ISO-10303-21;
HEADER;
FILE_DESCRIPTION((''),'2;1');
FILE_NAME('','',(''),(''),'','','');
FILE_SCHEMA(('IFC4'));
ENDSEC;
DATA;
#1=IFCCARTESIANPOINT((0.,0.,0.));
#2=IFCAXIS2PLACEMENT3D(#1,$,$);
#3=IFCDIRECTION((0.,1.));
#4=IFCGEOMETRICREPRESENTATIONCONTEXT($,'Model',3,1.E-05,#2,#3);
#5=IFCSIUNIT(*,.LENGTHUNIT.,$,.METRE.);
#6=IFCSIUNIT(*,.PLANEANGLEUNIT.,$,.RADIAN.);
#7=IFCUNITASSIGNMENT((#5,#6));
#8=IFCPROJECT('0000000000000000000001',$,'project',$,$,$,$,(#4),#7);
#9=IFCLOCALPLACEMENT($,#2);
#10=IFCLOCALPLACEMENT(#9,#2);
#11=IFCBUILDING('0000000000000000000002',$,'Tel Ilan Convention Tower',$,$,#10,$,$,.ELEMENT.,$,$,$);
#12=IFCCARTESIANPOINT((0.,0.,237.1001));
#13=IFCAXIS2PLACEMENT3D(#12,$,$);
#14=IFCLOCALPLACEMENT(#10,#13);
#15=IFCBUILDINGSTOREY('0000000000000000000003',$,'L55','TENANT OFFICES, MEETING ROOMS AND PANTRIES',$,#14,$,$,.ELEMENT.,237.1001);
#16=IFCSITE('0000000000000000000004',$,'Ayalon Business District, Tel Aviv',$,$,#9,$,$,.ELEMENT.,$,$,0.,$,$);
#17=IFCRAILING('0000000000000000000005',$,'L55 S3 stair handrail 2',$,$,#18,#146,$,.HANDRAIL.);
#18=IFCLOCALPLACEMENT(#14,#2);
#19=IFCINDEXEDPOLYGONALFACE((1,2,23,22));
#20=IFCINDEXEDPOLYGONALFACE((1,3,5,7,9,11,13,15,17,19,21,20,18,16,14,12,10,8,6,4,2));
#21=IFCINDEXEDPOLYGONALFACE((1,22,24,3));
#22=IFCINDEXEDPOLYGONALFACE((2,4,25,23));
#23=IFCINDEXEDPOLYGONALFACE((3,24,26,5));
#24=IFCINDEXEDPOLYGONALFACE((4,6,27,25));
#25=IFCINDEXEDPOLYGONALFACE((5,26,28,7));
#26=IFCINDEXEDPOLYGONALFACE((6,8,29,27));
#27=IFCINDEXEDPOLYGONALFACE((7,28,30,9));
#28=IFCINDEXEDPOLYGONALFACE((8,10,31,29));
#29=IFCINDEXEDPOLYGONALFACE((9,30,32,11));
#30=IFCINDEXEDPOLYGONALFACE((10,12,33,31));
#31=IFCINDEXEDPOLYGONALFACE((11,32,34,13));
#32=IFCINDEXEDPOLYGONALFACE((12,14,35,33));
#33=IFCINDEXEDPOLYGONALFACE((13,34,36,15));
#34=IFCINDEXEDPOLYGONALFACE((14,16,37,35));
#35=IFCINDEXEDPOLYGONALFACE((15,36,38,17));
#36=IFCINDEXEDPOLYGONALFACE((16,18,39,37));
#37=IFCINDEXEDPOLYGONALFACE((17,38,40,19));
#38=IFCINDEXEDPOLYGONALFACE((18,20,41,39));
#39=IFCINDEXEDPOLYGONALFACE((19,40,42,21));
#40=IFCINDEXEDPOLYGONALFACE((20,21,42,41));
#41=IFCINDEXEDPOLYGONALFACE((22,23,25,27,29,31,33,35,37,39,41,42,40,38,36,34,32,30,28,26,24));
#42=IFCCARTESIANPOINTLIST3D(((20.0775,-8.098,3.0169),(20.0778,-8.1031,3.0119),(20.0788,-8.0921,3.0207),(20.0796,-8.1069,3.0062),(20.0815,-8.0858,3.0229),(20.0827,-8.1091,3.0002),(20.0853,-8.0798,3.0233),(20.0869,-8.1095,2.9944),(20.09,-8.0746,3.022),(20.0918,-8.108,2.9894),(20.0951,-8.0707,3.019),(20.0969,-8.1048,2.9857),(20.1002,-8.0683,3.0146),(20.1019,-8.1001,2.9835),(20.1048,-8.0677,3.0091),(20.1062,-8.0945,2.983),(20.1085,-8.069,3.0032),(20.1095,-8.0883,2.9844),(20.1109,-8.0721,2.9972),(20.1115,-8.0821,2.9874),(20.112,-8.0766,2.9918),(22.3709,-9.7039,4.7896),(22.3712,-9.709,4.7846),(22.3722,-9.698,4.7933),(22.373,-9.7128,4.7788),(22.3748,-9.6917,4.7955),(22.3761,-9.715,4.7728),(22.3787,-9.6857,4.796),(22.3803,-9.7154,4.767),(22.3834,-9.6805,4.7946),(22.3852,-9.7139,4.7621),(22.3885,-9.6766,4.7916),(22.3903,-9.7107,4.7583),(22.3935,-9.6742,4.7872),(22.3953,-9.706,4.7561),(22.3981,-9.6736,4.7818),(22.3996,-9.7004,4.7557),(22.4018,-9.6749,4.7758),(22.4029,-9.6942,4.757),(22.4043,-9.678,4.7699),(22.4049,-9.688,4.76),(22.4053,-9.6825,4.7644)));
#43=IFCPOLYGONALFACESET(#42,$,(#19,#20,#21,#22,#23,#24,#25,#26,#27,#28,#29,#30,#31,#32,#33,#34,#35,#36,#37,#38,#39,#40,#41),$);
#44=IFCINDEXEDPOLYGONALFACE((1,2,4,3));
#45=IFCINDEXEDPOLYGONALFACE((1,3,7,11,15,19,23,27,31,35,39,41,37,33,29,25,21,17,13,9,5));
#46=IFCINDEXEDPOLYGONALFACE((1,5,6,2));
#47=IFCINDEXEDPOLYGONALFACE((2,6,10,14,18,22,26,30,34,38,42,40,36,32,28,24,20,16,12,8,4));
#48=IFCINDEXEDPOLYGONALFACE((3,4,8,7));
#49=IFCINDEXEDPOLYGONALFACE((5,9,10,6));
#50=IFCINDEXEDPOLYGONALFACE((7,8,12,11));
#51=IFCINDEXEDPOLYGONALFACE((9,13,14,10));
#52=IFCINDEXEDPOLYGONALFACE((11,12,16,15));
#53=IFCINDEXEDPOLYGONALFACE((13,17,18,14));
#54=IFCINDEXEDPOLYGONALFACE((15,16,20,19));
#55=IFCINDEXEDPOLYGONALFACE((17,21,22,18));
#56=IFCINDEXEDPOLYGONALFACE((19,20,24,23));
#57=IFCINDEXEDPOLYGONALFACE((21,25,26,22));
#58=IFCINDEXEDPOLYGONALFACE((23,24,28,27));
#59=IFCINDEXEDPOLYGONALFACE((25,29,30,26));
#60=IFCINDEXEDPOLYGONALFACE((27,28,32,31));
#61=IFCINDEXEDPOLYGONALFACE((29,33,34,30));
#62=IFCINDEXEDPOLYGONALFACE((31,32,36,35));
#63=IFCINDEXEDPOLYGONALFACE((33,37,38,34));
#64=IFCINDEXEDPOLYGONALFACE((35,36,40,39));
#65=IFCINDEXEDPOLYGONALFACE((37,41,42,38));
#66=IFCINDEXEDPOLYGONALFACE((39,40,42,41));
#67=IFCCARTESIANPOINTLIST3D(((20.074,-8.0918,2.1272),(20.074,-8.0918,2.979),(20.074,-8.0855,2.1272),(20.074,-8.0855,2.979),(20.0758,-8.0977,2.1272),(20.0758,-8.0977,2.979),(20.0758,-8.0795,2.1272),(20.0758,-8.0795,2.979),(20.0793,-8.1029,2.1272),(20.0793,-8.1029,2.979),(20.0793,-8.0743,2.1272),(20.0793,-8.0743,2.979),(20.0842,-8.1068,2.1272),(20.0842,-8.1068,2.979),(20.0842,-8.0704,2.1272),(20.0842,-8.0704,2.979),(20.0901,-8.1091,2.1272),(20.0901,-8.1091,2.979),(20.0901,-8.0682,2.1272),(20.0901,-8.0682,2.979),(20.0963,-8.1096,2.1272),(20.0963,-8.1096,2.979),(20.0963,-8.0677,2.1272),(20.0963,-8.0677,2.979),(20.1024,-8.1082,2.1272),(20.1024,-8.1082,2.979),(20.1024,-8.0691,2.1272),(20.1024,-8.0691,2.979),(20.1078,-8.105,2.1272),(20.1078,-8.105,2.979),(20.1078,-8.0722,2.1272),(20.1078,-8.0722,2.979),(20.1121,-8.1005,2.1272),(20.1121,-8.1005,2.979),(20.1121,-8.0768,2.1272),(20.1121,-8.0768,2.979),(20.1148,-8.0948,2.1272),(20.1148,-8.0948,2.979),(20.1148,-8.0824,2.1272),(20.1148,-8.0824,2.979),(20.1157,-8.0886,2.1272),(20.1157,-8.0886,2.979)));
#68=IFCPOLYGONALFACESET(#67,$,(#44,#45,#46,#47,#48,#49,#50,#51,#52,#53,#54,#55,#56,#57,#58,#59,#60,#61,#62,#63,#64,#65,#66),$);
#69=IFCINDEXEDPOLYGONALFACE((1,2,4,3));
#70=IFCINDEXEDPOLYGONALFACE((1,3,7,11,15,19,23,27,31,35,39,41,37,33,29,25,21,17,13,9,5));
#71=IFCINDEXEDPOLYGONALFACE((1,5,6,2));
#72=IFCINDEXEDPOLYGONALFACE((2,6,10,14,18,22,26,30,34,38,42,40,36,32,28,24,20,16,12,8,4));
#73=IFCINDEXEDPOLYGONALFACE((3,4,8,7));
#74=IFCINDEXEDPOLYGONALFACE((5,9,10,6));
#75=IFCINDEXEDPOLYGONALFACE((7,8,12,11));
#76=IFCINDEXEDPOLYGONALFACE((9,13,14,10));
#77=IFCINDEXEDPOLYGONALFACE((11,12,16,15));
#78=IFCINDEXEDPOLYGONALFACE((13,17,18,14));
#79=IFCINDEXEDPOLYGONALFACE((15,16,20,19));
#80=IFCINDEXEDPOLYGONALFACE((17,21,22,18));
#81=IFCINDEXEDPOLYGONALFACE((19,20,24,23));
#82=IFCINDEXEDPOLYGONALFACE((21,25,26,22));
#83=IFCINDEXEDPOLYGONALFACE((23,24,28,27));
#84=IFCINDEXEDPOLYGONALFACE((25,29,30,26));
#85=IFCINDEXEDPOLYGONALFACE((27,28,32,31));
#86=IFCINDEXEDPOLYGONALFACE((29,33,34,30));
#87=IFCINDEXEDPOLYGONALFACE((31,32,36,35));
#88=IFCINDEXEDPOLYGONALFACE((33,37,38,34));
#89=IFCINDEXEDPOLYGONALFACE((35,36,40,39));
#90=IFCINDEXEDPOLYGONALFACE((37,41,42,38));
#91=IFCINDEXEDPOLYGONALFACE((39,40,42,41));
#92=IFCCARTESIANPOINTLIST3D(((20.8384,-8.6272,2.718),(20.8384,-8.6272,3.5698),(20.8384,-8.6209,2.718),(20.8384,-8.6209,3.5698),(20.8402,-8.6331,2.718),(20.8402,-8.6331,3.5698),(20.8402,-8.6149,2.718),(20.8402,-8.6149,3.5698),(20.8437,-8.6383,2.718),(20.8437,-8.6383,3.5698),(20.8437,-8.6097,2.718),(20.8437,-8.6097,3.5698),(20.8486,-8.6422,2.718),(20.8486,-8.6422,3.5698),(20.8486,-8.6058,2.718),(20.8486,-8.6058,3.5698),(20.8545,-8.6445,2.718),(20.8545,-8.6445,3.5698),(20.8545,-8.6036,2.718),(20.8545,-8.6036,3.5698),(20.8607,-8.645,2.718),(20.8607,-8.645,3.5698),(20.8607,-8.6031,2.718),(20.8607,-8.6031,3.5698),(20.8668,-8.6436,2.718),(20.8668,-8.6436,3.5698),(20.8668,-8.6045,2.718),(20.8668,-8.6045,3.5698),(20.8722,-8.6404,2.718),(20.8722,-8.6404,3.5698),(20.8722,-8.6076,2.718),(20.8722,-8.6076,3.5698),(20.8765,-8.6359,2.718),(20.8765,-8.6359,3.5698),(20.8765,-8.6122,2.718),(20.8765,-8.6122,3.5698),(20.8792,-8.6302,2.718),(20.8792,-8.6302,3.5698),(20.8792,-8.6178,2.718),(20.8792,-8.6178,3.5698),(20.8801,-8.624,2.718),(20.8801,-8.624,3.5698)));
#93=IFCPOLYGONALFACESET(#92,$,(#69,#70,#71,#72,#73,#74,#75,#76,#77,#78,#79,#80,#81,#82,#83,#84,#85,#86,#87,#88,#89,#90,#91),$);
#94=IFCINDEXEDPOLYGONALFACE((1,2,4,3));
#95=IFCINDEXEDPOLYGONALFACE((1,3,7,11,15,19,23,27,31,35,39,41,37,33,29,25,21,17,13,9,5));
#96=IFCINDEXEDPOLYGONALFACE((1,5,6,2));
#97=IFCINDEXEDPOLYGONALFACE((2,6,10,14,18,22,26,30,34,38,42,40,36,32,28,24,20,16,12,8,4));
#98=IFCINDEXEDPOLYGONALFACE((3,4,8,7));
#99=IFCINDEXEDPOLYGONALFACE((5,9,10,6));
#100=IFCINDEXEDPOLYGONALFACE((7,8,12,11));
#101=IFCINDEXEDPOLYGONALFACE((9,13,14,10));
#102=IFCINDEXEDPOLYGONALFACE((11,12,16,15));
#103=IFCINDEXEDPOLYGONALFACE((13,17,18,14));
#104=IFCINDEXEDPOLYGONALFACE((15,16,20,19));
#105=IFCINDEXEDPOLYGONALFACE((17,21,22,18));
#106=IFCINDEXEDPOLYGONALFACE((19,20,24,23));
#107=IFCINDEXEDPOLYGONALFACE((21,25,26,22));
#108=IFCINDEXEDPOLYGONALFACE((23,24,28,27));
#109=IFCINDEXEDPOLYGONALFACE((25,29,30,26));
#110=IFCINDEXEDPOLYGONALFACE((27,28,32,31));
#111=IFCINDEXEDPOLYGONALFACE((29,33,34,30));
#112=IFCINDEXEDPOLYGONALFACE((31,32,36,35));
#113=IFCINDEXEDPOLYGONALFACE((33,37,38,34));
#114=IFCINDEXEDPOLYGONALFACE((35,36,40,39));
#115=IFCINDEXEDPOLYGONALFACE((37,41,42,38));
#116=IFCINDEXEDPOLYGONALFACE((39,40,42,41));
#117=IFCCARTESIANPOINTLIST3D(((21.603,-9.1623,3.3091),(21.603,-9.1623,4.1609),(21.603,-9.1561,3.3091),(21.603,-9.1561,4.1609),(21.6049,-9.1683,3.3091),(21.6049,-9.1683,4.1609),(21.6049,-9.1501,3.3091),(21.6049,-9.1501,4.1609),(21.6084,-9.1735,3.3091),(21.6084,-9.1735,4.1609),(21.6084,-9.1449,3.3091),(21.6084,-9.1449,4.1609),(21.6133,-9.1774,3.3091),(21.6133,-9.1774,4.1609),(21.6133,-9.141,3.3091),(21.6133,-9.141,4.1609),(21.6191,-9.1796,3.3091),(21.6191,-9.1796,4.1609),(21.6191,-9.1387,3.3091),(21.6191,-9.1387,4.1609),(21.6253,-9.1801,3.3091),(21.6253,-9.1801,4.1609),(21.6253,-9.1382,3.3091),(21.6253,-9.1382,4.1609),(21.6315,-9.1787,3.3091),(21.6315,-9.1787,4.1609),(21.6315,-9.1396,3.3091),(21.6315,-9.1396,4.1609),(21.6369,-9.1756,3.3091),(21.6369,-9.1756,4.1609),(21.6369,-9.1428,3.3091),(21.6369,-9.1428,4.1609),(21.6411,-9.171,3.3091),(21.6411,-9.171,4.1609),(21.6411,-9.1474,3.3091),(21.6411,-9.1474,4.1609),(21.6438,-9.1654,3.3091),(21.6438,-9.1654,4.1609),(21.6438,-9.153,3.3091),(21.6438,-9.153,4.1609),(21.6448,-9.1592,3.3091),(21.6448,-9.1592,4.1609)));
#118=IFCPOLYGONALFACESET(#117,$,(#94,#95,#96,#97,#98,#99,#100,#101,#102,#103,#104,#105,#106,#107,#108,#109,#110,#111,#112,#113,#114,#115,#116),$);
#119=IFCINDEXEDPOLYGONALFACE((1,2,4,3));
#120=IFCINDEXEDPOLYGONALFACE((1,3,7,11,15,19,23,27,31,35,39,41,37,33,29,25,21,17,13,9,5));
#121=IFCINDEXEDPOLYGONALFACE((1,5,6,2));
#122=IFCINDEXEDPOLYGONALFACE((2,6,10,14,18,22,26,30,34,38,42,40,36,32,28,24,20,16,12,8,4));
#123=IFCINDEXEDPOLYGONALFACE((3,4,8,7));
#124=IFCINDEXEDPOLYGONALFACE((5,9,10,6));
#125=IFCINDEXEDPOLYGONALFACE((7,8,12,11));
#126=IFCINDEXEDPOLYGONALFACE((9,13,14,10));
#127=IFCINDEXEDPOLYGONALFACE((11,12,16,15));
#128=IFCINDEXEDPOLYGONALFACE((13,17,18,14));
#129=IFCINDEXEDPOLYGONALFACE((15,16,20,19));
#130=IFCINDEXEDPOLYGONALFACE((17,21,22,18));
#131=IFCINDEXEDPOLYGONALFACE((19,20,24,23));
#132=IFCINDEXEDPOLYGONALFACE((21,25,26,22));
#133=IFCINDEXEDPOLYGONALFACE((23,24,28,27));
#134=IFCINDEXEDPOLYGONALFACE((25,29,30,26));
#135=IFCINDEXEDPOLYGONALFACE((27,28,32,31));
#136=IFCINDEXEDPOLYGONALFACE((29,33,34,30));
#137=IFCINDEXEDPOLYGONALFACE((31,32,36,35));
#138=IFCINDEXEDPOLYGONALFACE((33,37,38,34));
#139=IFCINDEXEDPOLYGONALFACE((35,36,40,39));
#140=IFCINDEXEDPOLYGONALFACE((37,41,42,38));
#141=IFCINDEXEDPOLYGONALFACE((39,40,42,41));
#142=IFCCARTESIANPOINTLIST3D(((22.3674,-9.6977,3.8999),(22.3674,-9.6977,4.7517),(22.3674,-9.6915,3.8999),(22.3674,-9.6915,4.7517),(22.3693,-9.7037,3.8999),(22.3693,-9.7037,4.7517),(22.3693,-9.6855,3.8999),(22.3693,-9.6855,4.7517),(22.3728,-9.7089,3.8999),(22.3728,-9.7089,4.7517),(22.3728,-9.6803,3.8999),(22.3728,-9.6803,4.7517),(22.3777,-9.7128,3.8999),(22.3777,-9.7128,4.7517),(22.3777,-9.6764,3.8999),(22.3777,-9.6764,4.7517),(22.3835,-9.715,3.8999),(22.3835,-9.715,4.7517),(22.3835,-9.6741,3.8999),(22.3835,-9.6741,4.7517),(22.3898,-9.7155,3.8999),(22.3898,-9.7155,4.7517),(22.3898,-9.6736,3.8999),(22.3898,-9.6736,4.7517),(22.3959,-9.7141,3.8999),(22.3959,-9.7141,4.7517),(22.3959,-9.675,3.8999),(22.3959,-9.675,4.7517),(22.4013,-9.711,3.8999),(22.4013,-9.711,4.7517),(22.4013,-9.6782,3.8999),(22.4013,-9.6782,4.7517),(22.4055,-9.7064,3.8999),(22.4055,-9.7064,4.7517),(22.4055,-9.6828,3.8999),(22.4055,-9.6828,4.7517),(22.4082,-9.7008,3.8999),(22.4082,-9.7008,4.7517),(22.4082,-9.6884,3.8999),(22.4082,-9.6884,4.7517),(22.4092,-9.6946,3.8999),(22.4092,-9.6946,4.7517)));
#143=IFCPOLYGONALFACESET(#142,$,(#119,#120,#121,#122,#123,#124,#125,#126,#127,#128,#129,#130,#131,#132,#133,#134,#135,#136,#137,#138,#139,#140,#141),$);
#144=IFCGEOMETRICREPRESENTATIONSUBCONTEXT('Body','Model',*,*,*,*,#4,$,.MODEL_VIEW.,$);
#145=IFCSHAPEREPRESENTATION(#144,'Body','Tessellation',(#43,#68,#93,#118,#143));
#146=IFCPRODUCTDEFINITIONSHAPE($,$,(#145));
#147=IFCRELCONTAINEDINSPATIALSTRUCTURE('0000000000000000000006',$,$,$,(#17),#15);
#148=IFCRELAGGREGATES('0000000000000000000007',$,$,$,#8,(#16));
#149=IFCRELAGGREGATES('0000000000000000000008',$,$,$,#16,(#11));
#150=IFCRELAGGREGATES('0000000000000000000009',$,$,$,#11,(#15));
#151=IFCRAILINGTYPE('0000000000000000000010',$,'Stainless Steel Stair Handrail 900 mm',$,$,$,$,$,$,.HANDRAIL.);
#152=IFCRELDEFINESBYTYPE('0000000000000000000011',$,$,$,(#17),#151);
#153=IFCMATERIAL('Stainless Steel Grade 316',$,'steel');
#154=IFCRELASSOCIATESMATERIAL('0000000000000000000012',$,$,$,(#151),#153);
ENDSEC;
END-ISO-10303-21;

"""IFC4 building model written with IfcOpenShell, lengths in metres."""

from ifc_helpers import new_model, si_unit, direction, frame, origin, origin_2d, place, context, subcontext, project, spatial, circle, extrude, material, type_object, element, save


model = new_model("IFC4")

# Units and contexts
model_context = context("Model", 3, precision=1e-05, world=origin(), true_north=direction((0.0, 1.0)))
body_context = subcontext(model_context, "Body", "Model", "MODEL_VIEW")
ifc_project = project(units=[si_unit("LENGTHUNIT", "METRE"), si_unit("PLANEANGLEUNIT", "RADIAN")], contexts=[model_context])

# Site, building, storey
site_placement = place(None, origin())
site = spatial("IfcSite", under=ifc_project, at=site_placement, Name="Ayalon Business District, Tel Aviv", CompositionType="ELEMENT", RefElevation=0.0)
building_placement = place(site_placement, origin())
building = spatial("IfcBuilding", under=site, at=building_placement, Name="Tel Ilan Convention Tower", CompositionType="ELEMENT")
storey_placement = place(building_placement, frame((0.0, 0.0, 237.1001)))
storey = spatial("IfcBuildingStorey", under=building, at=storey_placement, Name="L55", Description="TENANT OFFICES, MEETING ROOMS AND PANTRIES", CompositionType="ELEMENT", Elevation=237.1001)

# Railing
ifc_material_1 = material(Name="Stainless Steel Grade 316", Category="steel")
railing_type_1 = type_object("IfcRailingType", Name="Stainless Steel Stair Handrail 900 mm", PredefinedType="HANDRAIL", material=ifc_material_1)
railing_1_placement = place(storey_placement, frame((20.0947, -8.0886, 2.1272)))
element("IfcRailing", 1, at=railing_1_placement, inside=storey, type_object=railing_type_1, Name="L55 S3 stair handrail 2", PredefinedType="HANDRAIL", context=body_context, shape_type="SweptSolid", body=[
    extrude(circle(Radius=0.0239, at=origin_2d()), frame((0.0, 0.0, 0.876), z_axis=(0.692085, -0.484621, 0.53494), x_axis=(0.573591, 0.819142, 0.0)), (0.0, 0.0, 1.0), 3.3137),
    extrude(circle(Radius=0.021, at=origin_2d()), origin(), (0.0, 0.0, 1.0), 0.8518),
    extrude(circle(Radius=0.021, at=origin_2d()), frame((0.7644, -0.5354, 0.5908)), (0.0, 0.0, 1.0), 0.8518),
    extrude(circle(Radius=0.021, at=origin_2d()), frame((1.5291, -1.0706, 1.1819)), (0.0, 0.0, 1.0), 0.8518),
    extrude(circle(Radius=0.021, at=origin_2d()), frame((2.2935, -1.606, 1.7727)), (0.0, 0.0, 1.0), 0.8518),
])

save(model, "model.ifc")
